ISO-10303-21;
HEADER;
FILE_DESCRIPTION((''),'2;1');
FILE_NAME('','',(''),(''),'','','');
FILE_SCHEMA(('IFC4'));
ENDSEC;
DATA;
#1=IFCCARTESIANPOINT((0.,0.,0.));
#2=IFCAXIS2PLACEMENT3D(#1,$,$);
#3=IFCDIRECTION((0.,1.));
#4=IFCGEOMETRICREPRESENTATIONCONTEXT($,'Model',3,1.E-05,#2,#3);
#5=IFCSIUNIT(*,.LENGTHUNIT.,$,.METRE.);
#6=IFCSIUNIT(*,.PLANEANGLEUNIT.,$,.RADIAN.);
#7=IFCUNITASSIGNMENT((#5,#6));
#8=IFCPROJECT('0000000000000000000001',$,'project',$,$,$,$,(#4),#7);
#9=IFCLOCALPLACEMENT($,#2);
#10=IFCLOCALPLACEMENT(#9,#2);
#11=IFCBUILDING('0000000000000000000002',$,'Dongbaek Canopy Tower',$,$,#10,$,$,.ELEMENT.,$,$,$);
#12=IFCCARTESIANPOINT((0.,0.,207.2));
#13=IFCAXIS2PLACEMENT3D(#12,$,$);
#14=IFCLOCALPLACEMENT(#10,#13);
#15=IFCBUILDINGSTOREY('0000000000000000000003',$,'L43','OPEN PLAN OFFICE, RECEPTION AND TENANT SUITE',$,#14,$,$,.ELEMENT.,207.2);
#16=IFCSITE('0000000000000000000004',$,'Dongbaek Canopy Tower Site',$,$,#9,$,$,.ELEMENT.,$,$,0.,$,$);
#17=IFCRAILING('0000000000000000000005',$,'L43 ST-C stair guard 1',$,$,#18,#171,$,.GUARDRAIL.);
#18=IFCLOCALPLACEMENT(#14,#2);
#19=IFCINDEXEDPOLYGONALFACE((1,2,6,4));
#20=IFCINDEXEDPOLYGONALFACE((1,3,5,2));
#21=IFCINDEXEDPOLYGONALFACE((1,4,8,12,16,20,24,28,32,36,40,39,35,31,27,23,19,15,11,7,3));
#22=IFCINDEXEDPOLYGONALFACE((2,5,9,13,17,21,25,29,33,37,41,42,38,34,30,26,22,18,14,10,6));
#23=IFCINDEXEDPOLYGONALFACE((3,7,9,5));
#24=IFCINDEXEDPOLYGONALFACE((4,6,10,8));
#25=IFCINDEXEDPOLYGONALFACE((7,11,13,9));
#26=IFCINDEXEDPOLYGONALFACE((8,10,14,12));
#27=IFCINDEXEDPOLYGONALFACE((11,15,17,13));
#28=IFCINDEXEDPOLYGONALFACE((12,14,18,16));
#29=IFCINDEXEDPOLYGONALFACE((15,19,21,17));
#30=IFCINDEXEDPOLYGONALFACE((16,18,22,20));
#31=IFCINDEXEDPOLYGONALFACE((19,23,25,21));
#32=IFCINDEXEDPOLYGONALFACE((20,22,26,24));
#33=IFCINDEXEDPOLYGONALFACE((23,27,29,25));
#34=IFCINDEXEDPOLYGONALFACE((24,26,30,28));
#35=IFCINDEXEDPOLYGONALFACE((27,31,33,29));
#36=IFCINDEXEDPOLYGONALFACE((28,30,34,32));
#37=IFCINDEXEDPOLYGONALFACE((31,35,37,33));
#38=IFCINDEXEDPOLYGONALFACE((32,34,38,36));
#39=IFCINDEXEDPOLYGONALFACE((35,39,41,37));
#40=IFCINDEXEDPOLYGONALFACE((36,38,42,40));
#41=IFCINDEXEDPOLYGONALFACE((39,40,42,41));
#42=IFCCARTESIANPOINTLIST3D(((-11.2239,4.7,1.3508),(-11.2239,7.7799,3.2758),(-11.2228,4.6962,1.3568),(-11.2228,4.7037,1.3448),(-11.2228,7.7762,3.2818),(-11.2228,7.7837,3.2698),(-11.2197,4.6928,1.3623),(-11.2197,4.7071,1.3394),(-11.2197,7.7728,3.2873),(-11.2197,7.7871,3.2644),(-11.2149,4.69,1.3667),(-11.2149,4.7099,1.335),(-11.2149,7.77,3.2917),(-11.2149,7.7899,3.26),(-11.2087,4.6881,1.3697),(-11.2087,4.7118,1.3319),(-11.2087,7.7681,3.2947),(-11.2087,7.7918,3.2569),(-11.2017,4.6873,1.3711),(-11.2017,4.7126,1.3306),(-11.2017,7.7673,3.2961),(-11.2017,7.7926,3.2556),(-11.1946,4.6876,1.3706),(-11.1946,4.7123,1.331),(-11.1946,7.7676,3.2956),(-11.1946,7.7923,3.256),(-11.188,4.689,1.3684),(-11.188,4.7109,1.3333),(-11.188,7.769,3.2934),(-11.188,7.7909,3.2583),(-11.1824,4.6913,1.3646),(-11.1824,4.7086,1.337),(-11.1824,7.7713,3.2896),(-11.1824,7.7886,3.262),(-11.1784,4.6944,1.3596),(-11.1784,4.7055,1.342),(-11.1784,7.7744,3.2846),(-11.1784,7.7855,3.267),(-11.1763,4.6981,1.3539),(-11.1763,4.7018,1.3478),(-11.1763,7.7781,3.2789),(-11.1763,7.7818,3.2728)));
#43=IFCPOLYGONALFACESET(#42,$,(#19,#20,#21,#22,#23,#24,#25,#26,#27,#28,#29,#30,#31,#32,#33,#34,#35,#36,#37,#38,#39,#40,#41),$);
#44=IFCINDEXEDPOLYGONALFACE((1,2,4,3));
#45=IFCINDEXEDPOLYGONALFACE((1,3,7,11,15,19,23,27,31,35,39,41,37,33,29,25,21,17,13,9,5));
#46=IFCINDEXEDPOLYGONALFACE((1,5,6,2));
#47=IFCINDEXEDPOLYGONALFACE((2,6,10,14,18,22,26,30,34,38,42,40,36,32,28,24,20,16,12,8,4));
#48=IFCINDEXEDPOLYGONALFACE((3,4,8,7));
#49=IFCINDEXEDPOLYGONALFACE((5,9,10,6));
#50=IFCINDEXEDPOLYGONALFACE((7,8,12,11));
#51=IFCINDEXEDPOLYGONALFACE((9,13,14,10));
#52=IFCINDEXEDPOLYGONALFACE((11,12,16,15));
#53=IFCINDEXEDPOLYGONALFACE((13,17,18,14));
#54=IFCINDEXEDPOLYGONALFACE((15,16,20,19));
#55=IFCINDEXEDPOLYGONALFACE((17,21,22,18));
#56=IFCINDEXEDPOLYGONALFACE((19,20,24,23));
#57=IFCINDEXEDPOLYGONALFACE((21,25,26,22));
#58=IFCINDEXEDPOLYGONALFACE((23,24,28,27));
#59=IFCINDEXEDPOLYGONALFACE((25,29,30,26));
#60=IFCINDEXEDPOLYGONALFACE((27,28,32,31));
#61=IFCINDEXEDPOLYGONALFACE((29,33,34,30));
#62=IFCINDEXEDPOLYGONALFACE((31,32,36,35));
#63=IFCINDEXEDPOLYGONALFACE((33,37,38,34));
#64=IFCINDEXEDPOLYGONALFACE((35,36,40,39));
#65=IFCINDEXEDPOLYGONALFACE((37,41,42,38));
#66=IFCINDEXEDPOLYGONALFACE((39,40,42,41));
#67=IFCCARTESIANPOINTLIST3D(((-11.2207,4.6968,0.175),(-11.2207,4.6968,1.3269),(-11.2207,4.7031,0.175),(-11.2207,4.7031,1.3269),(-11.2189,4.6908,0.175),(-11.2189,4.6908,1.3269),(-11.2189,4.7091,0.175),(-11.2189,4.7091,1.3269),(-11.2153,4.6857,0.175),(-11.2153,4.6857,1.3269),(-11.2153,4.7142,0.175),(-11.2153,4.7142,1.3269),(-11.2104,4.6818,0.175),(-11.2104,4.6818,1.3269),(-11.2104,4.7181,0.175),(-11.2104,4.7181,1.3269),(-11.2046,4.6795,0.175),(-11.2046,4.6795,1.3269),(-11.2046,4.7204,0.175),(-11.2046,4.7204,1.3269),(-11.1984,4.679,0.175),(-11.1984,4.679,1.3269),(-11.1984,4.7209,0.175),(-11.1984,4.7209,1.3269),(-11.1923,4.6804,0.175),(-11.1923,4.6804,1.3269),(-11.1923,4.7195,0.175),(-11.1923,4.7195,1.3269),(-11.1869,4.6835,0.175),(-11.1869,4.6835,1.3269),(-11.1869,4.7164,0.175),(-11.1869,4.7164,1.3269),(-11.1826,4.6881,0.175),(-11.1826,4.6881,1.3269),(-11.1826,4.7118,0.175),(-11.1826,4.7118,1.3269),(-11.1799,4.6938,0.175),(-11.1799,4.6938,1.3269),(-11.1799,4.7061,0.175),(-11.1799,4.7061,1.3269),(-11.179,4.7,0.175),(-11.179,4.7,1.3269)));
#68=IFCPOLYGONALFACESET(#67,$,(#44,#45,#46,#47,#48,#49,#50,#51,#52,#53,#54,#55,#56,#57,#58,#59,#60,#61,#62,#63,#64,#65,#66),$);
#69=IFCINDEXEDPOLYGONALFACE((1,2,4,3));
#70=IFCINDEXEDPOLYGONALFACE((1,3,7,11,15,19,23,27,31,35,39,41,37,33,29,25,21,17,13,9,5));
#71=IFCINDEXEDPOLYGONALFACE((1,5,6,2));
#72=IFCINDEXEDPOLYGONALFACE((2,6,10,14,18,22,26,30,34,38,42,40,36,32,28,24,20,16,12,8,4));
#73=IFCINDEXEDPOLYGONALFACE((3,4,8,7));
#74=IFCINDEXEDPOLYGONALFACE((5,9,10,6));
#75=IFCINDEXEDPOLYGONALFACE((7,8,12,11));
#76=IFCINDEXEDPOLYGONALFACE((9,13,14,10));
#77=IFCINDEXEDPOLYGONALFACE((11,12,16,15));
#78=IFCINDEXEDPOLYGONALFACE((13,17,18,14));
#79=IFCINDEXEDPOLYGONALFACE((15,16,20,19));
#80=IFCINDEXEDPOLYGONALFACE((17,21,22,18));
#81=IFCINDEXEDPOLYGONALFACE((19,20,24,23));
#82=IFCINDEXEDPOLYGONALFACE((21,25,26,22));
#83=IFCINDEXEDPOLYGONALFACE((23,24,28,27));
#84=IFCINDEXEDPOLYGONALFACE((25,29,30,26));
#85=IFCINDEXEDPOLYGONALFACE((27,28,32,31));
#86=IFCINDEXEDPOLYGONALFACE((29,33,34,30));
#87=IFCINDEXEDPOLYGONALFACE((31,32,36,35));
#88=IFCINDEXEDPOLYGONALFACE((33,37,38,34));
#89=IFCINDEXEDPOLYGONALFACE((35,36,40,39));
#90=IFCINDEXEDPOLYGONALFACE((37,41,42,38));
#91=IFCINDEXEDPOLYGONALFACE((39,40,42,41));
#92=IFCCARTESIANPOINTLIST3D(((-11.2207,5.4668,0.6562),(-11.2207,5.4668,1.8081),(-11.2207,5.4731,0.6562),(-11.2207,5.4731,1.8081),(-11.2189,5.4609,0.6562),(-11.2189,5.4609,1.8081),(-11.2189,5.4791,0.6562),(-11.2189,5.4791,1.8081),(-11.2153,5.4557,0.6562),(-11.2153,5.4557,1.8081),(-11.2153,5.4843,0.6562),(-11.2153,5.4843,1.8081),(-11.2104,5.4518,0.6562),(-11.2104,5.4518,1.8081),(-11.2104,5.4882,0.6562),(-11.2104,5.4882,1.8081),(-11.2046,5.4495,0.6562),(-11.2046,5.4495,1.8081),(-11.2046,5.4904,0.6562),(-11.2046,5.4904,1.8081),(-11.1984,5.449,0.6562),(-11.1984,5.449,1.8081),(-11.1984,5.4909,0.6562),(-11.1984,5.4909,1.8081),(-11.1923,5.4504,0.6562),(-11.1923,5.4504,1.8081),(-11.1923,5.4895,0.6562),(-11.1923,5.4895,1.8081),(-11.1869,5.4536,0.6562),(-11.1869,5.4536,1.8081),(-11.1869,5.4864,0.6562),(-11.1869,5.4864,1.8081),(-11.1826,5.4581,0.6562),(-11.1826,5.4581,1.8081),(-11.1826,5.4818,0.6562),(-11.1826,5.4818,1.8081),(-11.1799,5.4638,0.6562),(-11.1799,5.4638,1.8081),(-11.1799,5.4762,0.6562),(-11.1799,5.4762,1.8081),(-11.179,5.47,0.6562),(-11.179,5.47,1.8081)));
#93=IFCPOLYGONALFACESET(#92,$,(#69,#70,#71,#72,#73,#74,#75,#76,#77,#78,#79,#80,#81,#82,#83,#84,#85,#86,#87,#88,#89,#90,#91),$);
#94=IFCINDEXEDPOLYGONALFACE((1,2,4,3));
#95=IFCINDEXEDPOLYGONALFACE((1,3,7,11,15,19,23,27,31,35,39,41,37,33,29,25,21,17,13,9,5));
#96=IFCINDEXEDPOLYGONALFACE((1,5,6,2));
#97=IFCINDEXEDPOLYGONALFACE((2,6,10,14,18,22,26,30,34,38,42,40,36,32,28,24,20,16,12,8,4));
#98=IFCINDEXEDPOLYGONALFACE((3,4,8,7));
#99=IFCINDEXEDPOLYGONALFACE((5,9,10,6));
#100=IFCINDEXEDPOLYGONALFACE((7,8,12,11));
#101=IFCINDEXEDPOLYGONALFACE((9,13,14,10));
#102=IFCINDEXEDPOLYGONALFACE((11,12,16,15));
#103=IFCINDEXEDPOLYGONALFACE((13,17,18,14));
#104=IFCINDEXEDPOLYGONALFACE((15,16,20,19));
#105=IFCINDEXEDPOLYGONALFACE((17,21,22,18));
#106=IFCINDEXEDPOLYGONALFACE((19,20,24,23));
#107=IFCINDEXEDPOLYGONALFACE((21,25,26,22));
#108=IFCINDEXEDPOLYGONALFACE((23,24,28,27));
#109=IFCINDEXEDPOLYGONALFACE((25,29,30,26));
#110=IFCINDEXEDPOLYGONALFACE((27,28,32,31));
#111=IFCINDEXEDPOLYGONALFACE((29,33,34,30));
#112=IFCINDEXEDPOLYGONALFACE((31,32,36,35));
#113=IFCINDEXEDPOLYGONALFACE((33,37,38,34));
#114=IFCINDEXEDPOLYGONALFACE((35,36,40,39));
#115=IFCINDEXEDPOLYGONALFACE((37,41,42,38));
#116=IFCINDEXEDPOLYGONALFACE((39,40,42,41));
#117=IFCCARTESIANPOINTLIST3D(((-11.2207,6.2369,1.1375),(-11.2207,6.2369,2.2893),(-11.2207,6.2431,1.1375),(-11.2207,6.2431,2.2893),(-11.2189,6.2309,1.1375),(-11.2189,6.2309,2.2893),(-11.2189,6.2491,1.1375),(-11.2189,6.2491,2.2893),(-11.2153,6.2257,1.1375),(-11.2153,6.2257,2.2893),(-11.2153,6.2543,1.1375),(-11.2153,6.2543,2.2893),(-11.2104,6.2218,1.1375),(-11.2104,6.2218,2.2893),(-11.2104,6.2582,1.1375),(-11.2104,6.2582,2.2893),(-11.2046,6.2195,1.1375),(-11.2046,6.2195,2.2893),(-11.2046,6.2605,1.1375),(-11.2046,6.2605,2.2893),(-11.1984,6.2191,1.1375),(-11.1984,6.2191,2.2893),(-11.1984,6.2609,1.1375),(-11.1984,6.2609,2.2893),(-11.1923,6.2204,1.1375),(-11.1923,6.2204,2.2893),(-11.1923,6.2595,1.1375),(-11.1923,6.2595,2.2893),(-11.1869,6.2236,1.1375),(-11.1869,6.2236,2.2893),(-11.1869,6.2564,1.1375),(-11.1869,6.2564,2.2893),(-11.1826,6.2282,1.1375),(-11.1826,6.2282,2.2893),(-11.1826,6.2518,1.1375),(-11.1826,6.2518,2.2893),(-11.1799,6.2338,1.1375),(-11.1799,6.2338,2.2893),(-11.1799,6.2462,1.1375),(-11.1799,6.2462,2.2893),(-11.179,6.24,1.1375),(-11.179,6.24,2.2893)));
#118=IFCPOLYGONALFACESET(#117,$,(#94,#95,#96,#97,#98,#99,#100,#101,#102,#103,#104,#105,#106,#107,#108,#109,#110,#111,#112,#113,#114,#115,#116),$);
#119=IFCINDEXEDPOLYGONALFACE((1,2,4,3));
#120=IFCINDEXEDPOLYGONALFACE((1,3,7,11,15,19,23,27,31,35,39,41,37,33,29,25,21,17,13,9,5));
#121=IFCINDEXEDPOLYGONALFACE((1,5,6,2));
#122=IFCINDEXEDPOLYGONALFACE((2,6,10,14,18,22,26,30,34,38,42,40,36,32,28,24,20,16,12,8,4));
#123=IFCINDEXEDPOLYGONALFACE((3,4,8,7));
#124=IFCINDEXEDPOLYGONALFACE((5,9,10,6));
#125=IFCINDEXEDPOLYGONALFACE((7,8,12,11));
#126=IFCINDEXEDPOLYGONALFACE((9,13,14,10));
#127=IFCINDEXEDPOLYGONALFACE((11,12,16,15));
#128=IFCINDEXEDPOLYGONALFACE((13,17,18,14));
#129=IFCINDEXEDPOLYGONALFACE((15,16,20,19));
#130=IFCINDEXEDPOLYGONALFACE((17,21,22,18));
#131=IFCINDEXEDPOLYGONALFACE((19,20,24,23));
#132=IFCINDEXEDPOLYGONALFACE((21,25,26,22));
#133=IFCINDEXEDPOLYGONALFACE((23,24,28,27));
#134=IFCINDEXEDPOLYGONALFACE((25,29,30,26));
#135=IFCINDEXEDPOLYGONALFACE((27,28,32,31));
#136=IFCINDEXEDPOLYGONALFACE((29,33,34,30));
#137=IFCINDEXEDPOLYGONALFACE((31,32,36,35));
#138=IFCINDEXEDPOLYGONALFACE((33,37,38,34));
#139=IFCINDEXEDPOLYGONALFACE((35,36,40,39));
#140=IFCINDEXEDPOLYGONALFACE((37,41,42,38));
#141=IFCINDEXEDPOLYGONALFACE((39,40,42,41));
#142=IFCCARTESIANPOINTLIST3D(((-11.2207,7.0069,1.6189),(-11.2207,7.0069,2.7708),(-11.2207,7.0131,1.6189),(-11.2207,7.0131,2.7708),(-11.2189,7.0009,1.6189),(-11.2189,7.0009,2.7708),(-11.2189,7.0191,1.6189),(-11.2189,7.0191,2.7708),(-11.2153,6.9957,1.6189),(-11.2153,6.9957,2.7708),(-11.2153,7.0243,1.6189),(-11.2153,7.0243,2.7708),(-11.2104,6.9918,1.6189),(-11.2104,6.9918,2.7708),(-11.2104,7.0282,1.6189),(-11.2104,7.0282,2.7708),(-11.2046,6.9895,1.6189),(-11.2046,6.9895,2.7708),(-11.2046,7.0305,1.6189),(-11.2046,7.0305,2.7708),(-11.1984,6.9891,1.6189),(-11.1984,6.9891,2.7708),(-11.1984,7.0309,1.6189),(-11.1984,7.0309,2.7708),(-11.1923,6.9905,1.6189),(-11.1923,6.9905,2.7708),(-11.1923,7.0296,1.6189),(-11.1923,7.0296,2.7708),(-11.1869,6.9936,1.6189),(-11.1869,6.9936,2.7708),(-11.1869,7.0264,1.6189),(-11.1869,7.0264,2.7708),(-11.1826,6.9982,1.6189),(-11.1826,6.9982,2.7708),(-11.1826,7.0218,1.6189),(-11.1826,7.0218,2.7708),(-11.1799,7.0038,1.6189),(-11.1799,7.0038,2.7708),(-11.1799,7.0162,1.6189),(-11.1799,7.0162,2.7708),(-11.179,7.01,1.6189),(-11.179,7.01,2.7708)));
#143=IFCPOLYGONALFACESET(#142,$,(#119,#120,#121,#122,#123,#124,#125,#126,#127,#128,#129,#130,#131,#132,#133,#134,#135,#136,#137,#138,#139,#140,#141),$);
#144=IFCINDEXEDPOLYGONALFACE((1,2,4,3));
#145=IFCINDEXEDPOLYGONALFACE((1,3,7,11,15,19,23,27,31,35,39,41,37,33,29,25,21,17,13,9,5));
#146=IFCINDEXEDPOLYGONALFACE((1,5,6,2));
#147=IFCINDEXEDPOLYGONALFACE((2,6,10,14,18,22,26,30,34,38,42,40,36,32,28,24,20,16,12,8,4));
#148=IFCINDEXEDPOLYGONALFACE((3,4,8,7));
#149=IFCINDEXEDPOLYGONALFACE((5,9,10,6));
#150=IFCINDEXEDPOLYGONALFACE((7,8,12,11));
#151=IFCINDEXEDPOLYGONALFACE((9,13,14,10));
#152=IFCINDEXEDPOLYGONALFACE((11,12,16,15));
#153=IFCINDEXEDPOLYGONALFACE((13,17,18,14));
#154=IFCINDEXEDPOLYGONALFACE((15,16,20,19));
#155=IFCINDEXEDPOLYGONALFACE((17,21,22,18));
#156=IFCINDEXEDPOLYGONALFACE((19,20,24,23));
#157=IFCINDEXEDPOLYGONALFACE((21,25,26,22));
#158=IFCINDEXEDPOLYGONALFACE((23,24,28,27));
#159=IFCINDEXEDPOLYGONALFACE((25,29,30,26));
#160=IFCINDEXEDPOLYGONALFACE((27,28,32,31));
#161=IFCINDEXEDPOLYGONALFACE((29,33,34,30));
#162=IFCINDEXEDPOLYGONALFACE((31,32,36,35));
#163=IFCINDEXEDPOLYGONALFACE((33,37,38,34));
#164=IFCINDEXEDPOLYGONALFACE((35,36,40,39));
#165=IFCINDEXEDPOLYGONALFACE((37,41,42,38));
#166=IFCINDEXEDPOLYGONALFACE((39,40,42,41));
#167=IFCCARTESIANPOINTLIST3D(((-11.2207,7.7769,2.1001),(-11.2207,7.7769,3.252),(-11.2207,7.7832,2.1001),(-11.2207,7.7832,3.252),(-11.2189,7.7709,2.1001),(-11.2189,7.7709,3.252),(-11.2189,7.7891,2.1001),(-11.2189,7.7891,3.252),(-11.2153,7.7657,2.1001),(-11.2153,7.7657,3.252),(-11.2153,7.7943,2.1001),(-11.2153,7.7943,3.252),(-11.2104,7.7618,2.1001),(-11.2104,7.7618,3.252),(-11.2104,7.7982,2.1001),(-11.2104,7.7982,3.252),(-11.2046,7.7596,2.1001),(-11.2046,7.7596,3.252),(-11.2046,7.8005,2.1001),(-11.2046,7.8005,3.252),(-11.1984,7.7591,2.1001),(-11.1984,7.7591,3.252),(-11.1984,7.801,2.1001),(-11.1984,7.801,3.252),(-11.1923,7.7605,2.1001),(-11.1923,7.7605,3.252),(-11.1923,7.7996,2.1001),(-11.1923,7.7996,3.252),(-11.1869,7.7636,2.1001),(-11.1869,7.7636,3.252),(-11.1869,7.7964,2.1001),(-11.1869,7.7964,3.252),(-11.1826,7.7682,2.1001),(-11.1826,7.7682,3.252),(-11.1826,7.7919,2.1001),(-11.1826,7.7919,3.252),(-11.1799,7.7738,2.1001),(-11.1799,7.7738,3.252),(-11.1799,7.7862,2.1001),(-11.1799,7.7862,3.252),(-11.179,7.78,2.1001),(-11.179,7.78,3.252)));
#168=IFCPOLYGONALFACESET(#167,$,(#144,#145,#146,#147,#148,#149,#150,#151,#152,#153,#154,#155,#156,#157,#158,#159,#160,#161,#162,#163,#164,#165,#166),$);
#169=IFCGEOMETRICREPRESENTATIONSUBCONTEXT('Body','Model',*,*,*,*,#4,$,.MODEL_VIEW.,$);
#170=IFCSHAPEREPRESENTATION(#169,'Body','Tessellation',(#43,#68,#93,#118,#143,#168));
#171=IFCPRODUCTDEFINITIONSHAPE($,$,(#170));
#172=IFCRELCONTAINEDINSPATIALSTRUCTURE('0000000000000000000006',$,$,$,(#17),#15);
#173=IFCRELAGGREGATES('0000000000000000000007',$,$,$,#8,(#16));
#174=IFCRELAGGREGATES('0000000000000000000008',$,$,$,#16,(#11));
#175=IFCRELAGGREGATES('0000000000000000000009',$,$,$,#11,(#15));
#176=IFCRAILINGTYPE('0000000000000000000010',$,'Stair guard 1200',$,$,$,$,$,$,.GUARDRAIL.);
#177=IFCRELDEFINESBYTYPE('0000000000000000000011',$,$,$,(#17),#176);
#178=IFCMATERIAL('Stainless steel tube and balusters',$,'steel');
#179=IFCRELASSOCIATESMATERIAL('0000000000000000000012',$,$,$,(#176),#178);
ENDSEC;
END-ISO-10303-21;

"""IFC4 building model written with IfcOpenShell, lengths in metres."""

from ifc_helpers import new_model, si_unit, direction, frame, origin, origin_2d, place, context, subcontext, project, spatial, circle, extrude, material, type_object, element, save


model = new_model("IFC4")

# Units and contexts
model_context = context("Model", 3, precision=1e-05, world=origin(), true_north=direction((0.0, 1.0)))
body_context = subcontext(model_context, "Body", "Model", "MODEL_VIEW")
ifc_project = project(units=[si_unit("LENGTHUNIT", "METRE"), si_unit("PLANEANGLEUNIT", "RADIAN")], contexts=[model_context])

# Site, building, storey
site_placement = place(None, origin())
site = spatial("IfcSite", under=ifc_project, at=site_placement, Name="Dongbaek Canopy Tower Site", CompositionType="ELEMENT", RefElevation=0.0)
building_placement = place(site_placement, origin())
building = spatial("IfcBuilding", under=site, at=building_placement, Name="Dongbaek Canopy Tower", CompositionType="ELEMENT")
storey_placement = place(building_placement, frame((0.0, 0.0, 207.2)))
storey = spatial("IfcBuildingStorey", under=building, at=storey_placement, Name="L43", Description="OPEN PLAN OFFICE, RECEPTION AND TENANT SUITE", CompositionType="ELEMENT", Elevation=207.2)

# Railing
ifc_material_1 = material(Name="Stainless steel tube and balusters", Category="steel")
railing_type_1 = type_object("IfcRailingType", Name="Stair guard 1200", PredefinedType="GUARDRAIL", material=ifc_material_1)
railing_1_placement = place(storey_placement, frame((-11.2, 4.7, 0.175)))
element("IfcRailing", 1, at=railing_1_placement, inside=storey, type_object=railing_type_1, Name="L43 ST-C stair guard 1", PredefinedType="GUARDRAIL", context=body_context, shape_type="SweptSolid", body=[
    extrude(circle(Radius=0.0239, at=origin_2d()), frame((0.0, 0.0, 1.1758), z_axis=(0.0, 0.847998, 0.529999), x_axis=(-1.0, 0.0, 0.0)), (0.0, 0.0, 1.0), 3.6321),
    extrude(circle(Radius=0.021, at=origin_2d()), origin(), (0.0, 0.0, 1.0), 1.1519),
    extrude(circle(Radius=0.021, at=origin_2d()), frame((0.0, 0.77, 0.4812)), (0.0, 0.0, 1.0), 1.1519),
    extrude(circle(Radius=0.021, at=origin_2d()), frame((0.0, 1.54, 0.9624)), (0.0, 0.0, 1.0), 1.1519),
    extrude(circle(Radius=0.021, at=origin_2d()), frame((0.0, 2.3101, 1.4438)), (0.0, 0.0, 1.0), 1.1519),
    extrude(circle(Radius=0.021, at=origin_2d()), frame((0.0, 3.0801, 1.925)), (0.0, 0.0, 1.0), 1.1519),
])

save(model, "model.ifc")
